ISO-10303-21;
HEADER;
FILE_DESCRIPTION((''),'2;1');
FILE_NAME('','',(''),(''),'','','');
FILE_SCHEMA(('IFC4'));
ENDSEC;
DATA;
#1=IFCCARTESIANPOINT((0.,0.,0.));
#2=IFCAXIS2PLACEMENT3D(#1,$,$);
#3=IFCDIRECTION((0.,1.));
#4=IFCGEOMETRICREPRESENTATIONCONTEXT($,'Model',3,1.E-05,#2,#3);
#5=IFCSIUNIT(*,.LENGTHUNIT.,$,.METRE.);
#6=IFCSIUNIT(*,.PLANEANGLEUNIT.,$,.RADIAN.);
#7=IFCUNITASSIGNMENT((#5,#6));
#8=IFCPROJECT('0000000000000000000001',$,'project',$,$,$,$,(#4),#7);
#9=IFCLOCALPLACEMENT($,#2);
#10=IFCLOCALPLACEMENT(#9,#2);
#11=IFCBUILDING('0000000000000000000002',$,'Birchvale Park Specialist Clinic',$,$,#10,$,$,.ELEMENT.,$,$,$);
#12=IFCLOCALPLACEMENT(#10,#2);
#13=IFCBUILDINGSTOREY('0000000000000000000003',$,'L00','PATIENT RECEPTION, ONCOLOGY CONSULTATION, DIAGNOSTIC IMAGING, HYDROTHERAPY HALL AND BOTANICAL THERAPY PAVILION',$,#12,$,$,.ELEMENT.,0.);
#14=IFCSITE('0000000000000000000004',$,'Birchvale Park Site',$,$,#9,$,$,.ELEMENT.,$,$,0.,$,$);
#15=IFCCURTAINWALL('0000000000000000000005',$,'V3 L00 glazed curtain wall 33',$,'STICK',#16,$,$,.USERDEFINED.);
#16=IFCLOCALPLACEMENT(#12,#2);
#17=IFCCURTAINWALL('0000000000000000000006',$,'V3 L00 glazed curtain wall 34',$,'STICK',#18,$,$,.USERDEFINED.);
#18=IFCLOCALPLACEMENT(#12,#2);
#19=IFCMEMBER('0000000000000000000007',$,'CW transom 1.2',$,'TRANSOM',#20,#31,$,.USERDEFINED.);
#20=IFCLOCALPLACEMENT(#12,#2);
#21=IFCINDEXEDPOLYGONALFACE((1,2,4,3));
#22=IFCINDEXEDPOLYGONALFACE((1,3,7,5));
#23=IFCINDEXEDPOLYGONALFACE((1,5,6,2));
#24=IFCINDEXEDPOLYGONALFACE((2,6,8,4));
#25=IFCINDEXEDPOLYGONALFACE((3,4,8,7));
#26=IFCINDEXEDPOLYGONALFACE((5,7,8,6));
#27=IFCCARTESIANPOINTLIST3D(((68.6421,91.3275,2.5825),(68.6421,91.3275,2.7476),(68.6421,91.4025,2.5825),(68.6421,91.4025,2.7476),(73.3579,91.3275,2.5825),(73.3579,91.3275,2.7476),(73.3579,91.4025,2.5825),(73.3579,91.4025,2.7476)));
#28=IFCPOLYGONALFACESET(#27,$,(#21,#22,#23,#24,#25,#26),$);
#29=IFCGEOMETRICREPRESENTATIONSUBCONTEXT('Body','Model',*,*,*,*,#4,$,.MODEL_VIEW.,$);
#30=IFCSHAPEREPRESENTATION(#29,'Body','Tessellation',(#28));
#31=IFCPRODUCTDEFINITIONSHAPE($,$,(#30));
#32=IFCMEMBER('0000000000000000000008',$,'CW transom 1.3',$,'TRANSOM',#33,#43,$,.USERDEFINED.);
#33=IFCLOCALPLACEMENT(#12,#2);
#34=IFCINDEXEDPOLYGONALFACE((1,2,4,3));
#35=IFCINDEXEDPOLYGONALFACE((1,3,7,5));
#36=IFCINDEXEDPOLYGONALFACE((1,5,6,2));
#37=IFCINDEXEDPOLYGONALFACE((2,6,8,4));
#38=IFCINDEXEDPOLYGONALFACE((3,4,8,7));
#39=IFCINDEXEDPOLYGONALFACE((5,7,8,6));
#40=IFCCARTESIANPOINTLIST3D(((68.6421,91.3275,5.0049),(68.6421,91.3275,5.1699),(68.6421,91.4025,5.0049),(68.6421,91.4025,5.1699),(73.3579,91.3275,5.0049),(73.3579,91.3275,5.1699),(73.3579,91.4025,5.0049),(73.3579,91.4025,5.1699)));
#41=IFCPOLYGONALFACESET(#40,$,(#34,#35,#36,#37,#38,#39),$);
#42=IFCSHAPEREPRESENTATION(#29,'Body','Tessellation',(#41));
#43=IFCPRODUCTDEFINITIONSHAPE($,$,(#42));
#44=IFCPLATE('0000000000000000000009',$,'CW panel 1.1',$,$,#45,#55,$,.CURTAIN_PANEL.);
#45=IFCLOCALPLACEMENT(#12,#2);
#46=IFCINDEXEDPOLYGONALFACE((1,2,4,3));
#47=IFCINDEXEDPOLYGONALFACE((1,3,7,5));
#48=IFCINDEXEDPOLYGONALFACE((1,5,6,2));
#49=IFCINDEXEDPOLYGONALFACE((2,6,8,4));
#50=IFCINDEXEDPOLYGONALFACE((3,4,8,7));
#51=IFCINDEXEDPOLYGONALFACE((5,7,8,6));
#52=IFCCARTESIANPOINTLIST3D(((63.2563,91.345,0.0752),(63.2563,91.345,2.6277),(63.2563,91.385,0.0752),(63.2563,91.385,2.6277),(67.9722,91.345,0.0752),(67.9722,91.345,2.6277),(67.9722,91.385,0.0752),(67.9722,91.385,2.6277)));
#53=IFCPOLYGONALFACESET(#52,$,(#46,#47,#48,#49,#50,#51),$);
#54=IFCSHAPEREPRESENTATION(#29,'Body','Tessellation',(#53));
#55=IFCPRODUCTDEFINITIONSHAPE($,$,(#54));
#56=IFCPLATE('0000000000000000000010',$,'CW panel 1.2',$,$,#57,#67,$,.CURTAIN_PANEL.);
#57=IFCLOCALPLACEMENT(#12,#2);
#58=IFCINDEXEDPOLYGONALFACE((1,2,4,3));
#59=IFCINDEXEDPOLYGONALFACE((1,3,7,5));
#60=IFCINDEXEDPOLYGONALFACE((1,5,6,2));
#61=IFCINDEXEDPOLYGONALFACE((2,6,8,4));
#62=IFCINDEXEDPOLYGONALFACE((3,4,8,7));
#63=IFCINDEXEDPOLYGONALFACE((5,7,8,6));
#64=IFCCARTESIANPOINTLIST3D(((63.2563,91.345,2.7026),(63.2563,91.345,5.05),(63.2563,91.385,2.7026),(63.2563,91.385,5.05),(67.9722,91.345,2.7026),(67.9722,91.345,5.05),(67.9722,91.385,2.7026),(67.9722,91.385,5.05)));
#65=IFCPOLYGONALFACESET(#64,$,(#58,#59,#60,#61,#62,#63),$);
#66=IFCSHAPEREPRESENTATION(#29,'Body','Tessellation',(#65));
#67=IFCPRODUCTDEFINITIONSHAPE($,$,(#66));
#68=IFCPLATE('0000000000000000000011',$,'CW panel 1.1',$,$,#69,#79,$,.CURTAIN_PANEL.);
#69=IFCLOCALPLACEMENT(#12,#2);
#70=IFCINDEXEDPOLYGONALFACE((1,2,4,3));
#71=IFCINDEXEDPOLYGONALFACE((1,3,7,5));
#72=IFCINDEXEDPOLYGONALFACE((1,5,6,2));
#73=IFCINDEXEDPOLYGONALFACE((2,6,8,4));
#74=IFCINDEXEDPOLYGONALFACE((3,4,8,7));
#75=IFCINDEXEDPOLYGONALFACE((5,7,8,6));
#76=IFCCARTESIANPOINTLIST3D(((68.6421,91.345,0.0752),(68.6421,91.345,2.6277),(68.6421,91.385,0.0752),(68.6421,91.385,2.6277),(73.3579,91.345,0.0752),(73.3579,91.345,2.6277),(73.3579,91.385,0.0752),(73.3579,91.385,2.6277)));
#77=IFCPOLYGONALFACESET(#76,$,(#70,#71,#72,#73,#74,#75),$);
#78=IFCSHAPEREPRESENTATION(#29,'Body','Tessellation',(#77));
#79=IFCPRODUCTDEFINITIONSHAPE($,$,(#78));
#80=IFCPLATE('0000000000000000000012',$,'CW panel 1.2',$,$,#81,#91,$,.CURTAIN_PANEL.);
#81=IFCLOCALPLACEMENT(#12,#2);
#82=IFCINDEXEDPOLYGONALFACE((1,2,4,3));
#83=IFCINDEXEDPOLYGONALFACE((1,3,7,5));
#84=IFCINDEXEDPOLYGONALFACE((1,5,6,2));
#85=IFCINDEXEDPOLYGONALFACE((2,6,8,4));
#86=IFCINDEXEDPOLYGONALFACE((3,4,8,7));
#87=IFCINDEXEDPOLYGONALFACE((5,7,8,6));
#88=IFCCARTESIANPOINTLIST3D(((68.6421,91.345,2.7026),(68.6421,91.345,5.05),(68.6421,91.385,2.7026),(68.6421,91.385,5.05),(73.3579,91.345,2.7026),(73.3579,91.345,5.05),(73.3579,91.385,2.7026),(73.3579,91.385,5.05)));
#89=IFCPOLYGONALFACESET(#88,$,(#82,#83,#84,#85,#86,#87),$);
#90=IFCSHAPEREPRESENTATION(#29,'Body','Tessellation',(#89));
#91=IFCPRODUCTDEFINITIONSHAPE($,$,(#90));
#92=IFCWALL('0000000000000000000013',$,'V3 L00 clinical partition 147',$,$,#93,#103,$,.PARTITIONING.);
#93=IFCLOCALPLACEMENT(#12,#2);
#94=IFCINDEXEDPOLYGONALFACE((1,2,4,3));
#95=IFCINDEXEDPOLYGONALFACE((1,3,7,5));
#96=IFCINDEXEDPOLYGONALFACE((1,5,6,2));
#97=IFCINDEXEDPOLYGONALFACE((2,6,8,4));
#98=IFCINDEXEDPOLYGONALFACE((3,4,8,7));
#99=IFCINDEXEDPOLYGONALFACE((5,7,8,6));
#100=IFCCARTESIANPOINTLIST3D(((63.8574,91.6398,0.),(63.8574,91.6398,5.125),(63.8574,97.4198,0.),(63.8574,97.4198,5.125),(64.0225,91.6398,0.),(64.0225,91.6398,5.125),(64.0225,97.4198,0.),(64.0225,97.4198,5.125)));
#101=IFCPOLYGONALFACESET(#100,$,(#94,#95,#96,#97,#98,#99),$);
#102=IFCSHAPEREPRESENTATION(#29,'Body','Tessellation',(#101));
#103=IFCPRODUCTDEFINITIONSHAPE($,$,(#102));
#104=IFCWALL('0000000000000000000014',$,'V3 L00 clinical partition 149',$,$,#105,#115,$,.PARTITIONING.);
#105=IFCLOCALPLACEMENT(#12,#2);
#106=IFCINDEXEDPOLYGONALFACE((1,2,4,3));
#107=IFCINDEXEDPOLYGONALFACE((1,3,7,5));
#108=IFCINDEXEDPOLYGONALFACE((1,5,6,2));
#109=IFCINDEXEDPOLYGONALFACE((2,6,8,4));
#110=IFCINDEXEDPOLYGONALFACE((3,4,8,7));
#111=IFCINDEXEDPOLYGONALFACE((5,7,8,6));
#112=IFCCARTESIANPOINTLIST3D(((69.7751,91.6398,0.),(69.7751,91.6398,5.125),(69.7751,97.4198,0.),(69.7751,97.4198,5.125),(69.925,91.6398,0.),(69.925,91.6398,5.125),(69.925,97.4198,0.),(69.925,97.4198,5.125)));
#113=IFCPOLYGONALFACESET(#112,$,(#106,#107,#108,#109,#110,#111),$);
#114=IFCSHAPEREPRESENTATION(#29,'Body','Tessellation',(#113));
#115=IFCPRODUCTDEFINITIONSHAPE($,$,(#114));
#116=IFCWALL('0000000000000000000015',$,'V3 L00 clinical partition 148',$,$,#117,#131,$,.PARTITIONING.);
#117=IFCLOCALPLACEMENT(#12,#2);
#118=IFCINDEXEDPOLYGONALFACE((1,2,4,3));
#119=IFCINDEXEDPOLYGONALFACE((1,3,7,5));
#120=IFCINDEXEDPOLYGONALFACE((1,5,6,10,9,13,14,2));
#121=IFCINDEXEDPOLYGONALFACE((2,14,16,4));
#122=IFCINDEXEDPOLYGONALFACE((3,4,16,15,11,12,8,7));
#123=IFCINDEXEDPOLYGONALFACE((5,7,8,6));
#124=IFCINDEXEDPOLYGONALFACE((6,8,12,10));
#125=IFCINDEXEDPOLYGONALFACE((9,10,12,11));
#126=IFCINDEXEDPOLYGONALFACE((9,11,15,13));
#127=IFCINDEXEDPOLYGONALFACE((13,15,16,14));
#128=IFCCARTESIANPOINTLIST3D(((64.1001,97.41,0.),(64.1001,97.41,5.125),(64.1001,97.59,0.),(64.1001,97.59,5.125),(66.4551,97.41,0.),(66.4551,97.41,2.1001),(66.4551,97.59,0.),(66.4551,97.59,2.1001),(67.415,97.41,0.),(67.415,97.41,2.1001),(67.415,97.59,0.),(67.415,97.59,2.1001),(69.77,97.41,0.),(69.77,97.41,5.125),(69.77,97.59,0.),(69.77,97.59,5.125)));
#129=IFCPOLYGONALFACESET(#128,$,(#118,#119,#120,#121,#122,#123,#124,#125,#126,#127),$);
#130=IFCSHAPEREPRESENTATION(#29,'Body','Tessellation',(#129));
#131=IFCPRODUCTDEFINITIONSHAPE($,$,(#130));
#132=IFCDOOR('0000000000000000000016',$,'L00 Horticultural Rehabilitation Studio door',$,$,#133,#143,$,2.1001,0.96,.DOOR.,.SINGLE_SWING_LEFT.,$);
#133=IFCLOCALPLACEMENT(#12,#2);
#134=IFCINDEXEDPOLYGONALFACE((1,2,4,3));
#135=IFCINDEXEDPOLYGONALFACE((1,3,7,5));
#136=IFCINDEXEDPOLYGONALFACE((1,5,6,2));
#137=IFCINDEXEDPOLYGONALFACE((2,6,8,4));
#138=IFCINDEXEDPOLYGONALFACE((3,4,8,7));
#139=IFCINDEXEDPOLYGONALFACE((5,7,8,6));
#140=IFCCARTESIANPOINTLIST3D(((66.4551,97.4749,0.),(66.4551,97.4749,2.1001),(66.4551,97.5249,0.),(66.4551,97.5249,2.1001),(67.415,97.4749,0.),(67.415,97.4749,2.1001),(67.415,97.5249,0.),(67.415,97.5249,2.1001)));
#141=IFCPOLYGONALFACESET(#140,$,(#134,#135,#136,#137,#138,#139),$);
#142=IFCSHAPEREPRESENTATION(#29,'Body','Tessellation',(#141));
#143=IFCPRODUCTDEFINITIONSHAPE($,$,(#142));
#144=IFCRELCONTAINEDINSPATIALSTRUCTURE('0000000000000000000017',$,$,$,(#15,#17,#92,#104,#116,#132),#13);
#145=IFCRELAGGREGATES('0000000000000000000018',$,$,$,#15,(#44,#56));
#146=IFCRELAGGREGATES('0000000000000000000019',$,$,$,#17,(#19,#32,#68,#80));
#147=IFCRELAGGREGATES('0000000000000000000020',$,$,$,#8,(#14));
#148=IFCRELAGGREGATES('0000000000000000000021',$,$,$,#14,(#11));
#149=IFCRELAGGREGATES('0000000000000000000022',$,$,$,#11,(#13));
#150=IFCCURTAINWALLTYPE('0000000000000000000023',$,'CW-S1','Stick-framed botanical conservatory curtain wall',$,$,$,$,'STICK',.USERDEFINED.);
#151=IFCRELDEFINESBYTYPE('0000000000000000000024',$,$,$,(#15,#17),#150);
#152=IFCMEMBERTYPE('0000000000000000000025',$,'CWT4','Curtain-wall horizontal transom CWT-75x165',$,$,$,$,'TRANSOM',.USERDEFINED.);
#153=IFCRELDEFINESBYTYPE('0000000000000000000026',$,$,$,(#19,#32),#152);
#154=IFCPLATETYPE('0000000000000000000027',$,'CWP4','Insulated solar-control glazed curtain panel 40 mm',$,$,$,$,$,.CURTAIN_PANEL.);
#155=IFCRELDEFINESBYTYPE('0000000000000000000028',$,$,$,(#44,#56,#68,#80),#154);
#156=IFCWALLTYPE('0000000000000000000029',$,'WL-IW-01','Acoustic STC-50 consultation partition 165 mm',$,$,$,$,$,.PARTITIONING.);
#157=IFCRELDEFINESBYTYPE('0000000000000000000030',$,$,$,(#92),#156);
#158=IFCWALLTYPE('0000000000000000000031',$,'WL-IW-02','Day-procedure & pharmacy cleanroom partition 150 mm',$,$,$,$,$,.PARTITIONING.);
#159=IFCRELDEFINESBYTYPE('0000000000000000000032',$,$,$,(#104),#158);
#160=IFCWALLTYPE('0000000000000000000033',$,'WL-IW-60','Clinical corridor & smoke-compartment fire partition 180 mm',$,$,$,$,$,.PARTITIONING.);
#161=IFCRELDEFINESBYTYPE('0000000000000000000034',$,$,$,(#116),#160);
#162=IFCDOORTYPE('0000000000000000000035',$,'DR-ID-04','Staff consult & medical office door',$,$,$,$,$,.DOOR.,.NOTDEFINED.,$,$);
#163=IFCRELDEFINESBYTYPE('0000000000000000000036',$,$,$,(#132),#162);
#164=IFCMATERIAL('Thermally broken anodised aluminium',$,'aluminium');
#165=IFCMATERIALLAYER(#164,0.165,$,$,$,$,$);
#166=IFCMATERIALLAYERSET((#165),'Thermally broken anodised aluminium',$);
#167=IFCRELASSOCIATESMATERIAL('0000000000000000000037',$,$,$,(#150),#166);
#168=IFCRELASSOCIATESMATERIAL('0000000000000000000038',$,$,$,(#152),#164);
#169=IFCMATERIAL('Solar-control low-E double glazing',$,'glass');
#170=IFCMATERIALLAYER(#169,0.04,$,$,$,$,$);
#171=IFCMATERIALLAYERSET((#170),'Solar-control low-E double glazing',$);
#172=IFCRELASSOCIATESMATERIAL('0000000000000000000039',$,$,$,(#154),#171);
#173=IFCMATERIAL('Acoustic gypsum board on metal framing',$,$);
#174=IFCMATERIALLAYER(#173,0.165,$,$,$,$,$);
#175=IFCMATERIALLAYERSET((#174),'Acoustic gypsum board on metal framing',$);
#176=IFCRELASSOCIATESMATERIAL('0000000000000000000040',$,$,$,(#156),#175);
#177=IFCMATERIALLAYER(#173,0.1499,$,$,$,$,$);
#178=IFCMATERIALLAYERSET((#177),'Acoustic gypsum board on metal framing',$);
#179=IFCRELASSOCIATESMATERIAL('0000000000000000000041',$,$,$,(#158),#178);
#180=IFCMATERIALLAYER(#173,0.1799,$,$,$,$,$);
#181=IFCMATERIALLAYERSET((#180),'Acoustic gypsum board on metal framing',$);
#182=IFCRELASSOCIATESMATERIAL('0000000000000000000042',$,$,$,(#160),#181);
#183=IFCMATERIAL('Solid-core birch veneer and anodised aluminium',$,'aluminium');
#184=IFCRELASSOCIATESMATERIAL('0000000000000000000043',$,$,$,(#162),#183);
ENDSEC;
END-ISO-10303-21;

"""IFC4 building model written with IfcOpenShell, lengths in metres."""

from ifc_helpers import new_model, si_unit, direction, frame, frame_2d, origin, origin_2d, place, context, subcontext, project, spatial, rectangle, extrude, material, layer, layer_set, material_profile, profile_set, type_object, element, fill, aggregate, save


model = new_model("IFC4")

# Units and contexts
model_context = context("Model", 3, precision=1e-05, world=origin(), true_north=direction((0.0, 1.0)))
body_context = subcontext(model_context, "Body", "Model", "MODEL_VIEW")
ifc_project = project(units=[si_unit("LENGTHUNIT", "METRE"), si_unit("PLANEANGLEUNIT", "RADIAN")], contexts=[model_context])

# Site, building, storey
site_placement = place(None, origin())
site = spatial("IfcSite", under=ifc_project, at=site_placement, Name="Birchvale Park Site", CompositionType="ELEMENT", RefElevation=0.0)
building_placement = place(site_placement, origin())
building = spatial("IfcBuilding", under=site, at=building_placement, Name="Birchvale Park Specialist Clinic", CompositionType="ELEMENT")
storey_placement = place(building_placement, origin())
storey = spatial("IfcBuildingStorey", under=building, at=storey_placement, Name="L00", Description="PATIENT RECEPTION, ONCOLOGY CONSULTATION, DIAGNOSTIC IMAGING, HYDROTHERAPY HALL AND BOTANICAL THERAPY PAVILION", CompositionType="ELEMENT", Elevation=0.0)

# Curtain wall
ifc_material_1 = material(Name="Thermally broken anodised aluminium", Category="aluminium")
ifc_layer_1 = layer(ifc_material_1, 0.165)
ifc_layer_set_1 = layer_set([ifc_layer_1], Name="Thermally broken anodised aluminium")
curtain_wall_type = type_object("IfcCurtainWallType", Name="CW-S1", Description="Stick-framed botanical conservatory curtain wall", ElementType="STICK", PredefinedType="USERDEFINED", material=ifc_layer_set_1)
curtain_wall_1_placement = place(storey_placement, origin())
curtain_wall_1 = element("IfcCurtainWall", 1, at=curtain_wall_1_placement, inside=storey, type_object=curtain_wall_type, Name="V3 L00 glazed curtain wall 33", ObjectType="STICK", PredefinedType="USERDEFINED")

# Curtain wall, members
curtain_wall_2_placement = place(storey_placement, origin())
curtain_wall_2 = element("IfcCurtainWall", 2, at=curtain_wall_2_placement, inside=storey, type_object=curtain_wall_type, Name="V3 L00 glazed curtain wall 34", ObjectType="STICK", PredefinedType="USERDEFINED")
ifc_material_profile_1 = material_profile(ifc_material_1, rectangle(XDim=0.075, YDim=0.165, at=origin_2d()), Name="CWT-75x165")
ifc_profile_set_1 = profile_set([ifc_material_profile_1], Name="Thermally broken anodised aluminium")
member_type_1 = type_object("IfcMemberType", Name="CWT4", Description="Curtain-wall horizontal transom CWT-75x165", ElementType="TRANSOM", PredefinedType="USERDEFINED", material=ifc_profile_set_1)
member_1_placement = place(storey_placement, frame((68.6421, 91.365, 2.665), z_axis=(1.0, 0.0, 0.0), x_axis=(0.0, 1.0, 0.0)))
member_1 = element("IfcMember", 3, at=member_1_placement, type_object=member_type_1, Name="CW transom 1.2", ObjectType="TRANSOM", PredefinedType="USERDEFINED", context=body_context, shape_type="SweptSolid", body=[
    extrude(rectangle(XDim=0.075, YDim=0.165, at=origin_2d()), origin(), (0.0, 0.0, 1.0), 4.7158),
])
member_2_placement = place(storey_placement, frame((68.6421, 91.365, 5.0874), z_axis=(1.0, 0.0, 0.0), x_axis=(0.0, 1.0, 0.0)))
member_2 = element("IfcMember", 4, at=member_2_placement, type_object=member_type_1, Name="CW transom 1.3", ObjectType="TRANSOM", PredefinedType="USERDEFINED", context=body_context, shape_type="SweptSolid", body=[
    extrude(rectangle(XDim=0.075, YDim=0.165, at=origin_2d()), origin(), (0.0, 0.0, 1.0), 4.7158),
])

# Plates
ifc_material_2 = material(Name="Solar-control low-E double glazing", Category="glass")
ifc_layer_2 = layer(ifc_material_2, 0.04)
ifc_layer_set_2 = layer_set([ifc_layer_2], Name="Solar-control low-E double glazing")
plate_type = type_object("IfcPlateType", Name="CWP4", Description="Insulated solar-control glazed curtain panel 40 mm", PredefinedType="CURTAIN_PANEL", material=ifc_layer_set_2)
plate_1_placement = place(storey_placement, frame((65.6143, 91.365, 0.0752), z_axis=(0.0, 0.0, 1.0), x_axis=(1.0, 0.0, 0.0)))
plate_1 = element("IfcPlate", 5, at=plate_1_placement, type_object=plate_type, Name="CW panel 1.1", PredefinedType="CURTAIN_PANEL", context=body_context, shape_type="SweptSolid", body=[
    extrude(rectangle(XDim=4.7158, YDim=0.04, at=origin_2d()), origin(), (0.0, 0.0, 1.0), 2.5525),
])
plate_2_placement = place(storey_placement, frame((65.6143, 91.365, 2.7026), z_axis=(0.0, 0.0, 1.0), x_axis=(1.0, 0.0, 0.0)))
plate_2 = element("IfcPlate", 6, at=plate_2_placement, type_object=plate_type, Name="CW panel 1.2", PredefinedType="CURTAIN_PANEL", context=body_context, shape_type="SweptSolid", body=[
    extrude(rectangle(XDim=4.7158, YDim=0.04, at=origin_2d()), origin(), (0.0, 0.0, 1.0), 2.3474),
])
aggregate(curtain_wall_1, [plate_1, plate_2])
plate_3_placement = place(storey_placement, frame((71.0, 91.365, 0.0752), z_axis=(0.0, 0.0, 1.0), x_axis=(1.0, 0.0, 0.0)))
plate_3 = element("IfcPlate", 7, at=plate_3_placement, type_object=plate_type, Name="CW panel 1.1", PredefinedType="CURTAIN_PANEL", context=body_context, shape_type="SweptSolid", body=[
    extrude(rectangle(XDim=4.7158, YDim=0.04, at=origin_2d()), origin(), (0.0, 0.0, 1.0), 2.5525),
])
plate_4_placement = place(storey_placement, frame((71.0, 91.365, 2.7026), z_axis=(0.0, 0.0, 1.0), x_axis=(1.0, 0.0, 0.0)))
plate_4 = element("IfcPlate", 8, at=plate_4_placement, type_object=plate_type, Name="CW panel 1.2", PredefinedType="CURTAIN_PANEL", context=body_context, shape_type="SweptSolid", body=[
    extrude(rectangle(XDim=4.7158, YDim=0.04, at=origin_2d()), origin(), (0.0, 0.0, 1.0), 2.3474),
])
aggregate(curtain_wall_2, [member_1, member_2, plate_3, plate_4])

# Walls
ifc_material_3 = material(Name="Acoustic gypsum board on metal framing")
ifc_layer_3 = layer(ifc_material_3, 0.165)
ifc_layer_set_3 = layer_set([ifc_layer_3], Name="Acoustic gypsum board on metal framing")
wall_type_1 = type_object("IfcWallType", Name="WL-IW-01", Description="Acoustic STC-50 consultation partition 165 mm", PredefinedType="PARTITIONING", material=ifc_layer_set_3)
wall_1_placement = place(storey_placement, frame((63.9399, 97.4199, 0.0), z_axis=(0.0, 0.0, 1.0), x_axis=(0.0, -1.0, 0.0)))
element("IfcWall", 9, at=wall_1_placement, inside=storey, type_object=wall_type_1, Name="V3 L00 clinical partition 147", PredefinedType="PARTITIONING", context=body_context, shape_type="SweptSolid", body=[
    extrude(rectangle(XDim=5.78, YDim=0.165, at=frame_2d((2.8901, 0.0))), origin(), (0.0, 0.0, 1.0), 5.125),
])
ifc_layer_4 = layer(ifc_material_3, 0.1499)
ifc_layer_set_4 = layer_set([ifc_layer_4], Name="Acoustic gypsum board on metal framing")
wall_type_2 = type_object("IfcWallType", Name="WL-IW-02", Description="Day-procedure & pharmacy cleanroom partition 150 mm", PredefinedType="PARTITIONING", material=ifc_layer_set_4)
wall_2_placement = place(storey_placement, frame((69.8501, 97.4199, 0.0), z_axis=(0.0, 0.0, 1.0), x_axis=(0.0, -1.0, 0.0)))
element("IfcWall", 10, at=wall_2_placement, inside=storey, type_object=wall_type_2, Name="V3 L00 clinical partition 149", PredefinedType="PARTITIONING", context=body_context, shape_type="SweptSolid", body=[
    extrude(rectangle(XDim=5.78, YDim=0.1499, at=frame_2d((2.8901, 0.0))), origin(), (0.0, 0.0, 1.0), 5.125),
])

# Wall, opening, door
ifc_layer_5 = layer(ifc_material_3, 0.1799)
ifc_layer_set_5 = layer_set([ifc_layer_5], Name="Acoustic gypsum board on metal framing")
wall_type_3 = type_object("IfcWallType", Name="WL-IW-60", Description="Clinical corridor & smoke-compartment fire partition 180 mm", PredefinedType="PARTITIONING", material=ifc_layer_set_5)
wall_3_placement = place(storey_placement, frame((64.1001, 97.5, 0.0), z_axis=(0.0, 0.0, 1.0), x_axis=(1.0, 0.0, 0.0)))
wall_3 = element("IfcWall", 11, at=wall_3_placement, inside=storey, type_object=wall_type_3, Name="V3 L00 clinical partition 148", PredefinedType="PARTITIONING", context=body_context, shape_type="SweptSolid", body=[
    extrude(rectangle(XDim=5.6699, YDim=0.1799, at=frame_2d((2.835, 0.0))), origin(), (0.0, 0.0, 1.0), 5.125),
])
opening_placement = place(wall_3_placement, frame((2.355, 0.0, 0.0)))
opening = element("IfcOpeningElement", 12, at=opening_placement, cuts=wall_3, PredefinedType="OPENING", context=body_context, shape_type="SweptSolid", body=[
    extrude(rectangle(XDim=0.96, YDim=2.1001, at=frame_2d((0.48, 1.05))), frame((0.0, 0.1001, 0.0), z_axis=(0.0, -1.0, 0.0), x_axis=(1.0, 0.0, 0.0)), (0.0, 0.0, 1.0), 0.2),
])
ifc_material_4 = material(Name="Solid-core birch veneer and anodised aluminium", Category="aluminium")
door_type = type_object("IfcDoorType", Name="DR-ID-04", Description="Staff consult & medical office door", OperationType="NOTDEFINED", PredefinedType="DOOR", material=ifc_material_4)
door_placement = place(opening_placement, origin())
door = element("IfcDoor", 13, at=door_placement, inside=storey, type_object=door_type, Name="L00 Horticultural Rehabilitation Studio door", OperationType="SINGLE_SWING_LEFT", OverallHeight=2.1001, OverallWidth=0.96, PredefinedType="DOOR", context=body_context, shape_type="SweptSolid", body=[
    extrude(rectangle(XDim=0.96, YDim=2.1001, at=frame_2d((0.48, 1.05))), frame((0.0, 0.0249, 0.0), z_axis=(0.0, -1.0, 0.0), x_axis=(1.0, 0.0, 0.0)), (0.0, 0.0, 1.0), 0.05),
])
fill(opening, door)

save(model, "model.ifc")
